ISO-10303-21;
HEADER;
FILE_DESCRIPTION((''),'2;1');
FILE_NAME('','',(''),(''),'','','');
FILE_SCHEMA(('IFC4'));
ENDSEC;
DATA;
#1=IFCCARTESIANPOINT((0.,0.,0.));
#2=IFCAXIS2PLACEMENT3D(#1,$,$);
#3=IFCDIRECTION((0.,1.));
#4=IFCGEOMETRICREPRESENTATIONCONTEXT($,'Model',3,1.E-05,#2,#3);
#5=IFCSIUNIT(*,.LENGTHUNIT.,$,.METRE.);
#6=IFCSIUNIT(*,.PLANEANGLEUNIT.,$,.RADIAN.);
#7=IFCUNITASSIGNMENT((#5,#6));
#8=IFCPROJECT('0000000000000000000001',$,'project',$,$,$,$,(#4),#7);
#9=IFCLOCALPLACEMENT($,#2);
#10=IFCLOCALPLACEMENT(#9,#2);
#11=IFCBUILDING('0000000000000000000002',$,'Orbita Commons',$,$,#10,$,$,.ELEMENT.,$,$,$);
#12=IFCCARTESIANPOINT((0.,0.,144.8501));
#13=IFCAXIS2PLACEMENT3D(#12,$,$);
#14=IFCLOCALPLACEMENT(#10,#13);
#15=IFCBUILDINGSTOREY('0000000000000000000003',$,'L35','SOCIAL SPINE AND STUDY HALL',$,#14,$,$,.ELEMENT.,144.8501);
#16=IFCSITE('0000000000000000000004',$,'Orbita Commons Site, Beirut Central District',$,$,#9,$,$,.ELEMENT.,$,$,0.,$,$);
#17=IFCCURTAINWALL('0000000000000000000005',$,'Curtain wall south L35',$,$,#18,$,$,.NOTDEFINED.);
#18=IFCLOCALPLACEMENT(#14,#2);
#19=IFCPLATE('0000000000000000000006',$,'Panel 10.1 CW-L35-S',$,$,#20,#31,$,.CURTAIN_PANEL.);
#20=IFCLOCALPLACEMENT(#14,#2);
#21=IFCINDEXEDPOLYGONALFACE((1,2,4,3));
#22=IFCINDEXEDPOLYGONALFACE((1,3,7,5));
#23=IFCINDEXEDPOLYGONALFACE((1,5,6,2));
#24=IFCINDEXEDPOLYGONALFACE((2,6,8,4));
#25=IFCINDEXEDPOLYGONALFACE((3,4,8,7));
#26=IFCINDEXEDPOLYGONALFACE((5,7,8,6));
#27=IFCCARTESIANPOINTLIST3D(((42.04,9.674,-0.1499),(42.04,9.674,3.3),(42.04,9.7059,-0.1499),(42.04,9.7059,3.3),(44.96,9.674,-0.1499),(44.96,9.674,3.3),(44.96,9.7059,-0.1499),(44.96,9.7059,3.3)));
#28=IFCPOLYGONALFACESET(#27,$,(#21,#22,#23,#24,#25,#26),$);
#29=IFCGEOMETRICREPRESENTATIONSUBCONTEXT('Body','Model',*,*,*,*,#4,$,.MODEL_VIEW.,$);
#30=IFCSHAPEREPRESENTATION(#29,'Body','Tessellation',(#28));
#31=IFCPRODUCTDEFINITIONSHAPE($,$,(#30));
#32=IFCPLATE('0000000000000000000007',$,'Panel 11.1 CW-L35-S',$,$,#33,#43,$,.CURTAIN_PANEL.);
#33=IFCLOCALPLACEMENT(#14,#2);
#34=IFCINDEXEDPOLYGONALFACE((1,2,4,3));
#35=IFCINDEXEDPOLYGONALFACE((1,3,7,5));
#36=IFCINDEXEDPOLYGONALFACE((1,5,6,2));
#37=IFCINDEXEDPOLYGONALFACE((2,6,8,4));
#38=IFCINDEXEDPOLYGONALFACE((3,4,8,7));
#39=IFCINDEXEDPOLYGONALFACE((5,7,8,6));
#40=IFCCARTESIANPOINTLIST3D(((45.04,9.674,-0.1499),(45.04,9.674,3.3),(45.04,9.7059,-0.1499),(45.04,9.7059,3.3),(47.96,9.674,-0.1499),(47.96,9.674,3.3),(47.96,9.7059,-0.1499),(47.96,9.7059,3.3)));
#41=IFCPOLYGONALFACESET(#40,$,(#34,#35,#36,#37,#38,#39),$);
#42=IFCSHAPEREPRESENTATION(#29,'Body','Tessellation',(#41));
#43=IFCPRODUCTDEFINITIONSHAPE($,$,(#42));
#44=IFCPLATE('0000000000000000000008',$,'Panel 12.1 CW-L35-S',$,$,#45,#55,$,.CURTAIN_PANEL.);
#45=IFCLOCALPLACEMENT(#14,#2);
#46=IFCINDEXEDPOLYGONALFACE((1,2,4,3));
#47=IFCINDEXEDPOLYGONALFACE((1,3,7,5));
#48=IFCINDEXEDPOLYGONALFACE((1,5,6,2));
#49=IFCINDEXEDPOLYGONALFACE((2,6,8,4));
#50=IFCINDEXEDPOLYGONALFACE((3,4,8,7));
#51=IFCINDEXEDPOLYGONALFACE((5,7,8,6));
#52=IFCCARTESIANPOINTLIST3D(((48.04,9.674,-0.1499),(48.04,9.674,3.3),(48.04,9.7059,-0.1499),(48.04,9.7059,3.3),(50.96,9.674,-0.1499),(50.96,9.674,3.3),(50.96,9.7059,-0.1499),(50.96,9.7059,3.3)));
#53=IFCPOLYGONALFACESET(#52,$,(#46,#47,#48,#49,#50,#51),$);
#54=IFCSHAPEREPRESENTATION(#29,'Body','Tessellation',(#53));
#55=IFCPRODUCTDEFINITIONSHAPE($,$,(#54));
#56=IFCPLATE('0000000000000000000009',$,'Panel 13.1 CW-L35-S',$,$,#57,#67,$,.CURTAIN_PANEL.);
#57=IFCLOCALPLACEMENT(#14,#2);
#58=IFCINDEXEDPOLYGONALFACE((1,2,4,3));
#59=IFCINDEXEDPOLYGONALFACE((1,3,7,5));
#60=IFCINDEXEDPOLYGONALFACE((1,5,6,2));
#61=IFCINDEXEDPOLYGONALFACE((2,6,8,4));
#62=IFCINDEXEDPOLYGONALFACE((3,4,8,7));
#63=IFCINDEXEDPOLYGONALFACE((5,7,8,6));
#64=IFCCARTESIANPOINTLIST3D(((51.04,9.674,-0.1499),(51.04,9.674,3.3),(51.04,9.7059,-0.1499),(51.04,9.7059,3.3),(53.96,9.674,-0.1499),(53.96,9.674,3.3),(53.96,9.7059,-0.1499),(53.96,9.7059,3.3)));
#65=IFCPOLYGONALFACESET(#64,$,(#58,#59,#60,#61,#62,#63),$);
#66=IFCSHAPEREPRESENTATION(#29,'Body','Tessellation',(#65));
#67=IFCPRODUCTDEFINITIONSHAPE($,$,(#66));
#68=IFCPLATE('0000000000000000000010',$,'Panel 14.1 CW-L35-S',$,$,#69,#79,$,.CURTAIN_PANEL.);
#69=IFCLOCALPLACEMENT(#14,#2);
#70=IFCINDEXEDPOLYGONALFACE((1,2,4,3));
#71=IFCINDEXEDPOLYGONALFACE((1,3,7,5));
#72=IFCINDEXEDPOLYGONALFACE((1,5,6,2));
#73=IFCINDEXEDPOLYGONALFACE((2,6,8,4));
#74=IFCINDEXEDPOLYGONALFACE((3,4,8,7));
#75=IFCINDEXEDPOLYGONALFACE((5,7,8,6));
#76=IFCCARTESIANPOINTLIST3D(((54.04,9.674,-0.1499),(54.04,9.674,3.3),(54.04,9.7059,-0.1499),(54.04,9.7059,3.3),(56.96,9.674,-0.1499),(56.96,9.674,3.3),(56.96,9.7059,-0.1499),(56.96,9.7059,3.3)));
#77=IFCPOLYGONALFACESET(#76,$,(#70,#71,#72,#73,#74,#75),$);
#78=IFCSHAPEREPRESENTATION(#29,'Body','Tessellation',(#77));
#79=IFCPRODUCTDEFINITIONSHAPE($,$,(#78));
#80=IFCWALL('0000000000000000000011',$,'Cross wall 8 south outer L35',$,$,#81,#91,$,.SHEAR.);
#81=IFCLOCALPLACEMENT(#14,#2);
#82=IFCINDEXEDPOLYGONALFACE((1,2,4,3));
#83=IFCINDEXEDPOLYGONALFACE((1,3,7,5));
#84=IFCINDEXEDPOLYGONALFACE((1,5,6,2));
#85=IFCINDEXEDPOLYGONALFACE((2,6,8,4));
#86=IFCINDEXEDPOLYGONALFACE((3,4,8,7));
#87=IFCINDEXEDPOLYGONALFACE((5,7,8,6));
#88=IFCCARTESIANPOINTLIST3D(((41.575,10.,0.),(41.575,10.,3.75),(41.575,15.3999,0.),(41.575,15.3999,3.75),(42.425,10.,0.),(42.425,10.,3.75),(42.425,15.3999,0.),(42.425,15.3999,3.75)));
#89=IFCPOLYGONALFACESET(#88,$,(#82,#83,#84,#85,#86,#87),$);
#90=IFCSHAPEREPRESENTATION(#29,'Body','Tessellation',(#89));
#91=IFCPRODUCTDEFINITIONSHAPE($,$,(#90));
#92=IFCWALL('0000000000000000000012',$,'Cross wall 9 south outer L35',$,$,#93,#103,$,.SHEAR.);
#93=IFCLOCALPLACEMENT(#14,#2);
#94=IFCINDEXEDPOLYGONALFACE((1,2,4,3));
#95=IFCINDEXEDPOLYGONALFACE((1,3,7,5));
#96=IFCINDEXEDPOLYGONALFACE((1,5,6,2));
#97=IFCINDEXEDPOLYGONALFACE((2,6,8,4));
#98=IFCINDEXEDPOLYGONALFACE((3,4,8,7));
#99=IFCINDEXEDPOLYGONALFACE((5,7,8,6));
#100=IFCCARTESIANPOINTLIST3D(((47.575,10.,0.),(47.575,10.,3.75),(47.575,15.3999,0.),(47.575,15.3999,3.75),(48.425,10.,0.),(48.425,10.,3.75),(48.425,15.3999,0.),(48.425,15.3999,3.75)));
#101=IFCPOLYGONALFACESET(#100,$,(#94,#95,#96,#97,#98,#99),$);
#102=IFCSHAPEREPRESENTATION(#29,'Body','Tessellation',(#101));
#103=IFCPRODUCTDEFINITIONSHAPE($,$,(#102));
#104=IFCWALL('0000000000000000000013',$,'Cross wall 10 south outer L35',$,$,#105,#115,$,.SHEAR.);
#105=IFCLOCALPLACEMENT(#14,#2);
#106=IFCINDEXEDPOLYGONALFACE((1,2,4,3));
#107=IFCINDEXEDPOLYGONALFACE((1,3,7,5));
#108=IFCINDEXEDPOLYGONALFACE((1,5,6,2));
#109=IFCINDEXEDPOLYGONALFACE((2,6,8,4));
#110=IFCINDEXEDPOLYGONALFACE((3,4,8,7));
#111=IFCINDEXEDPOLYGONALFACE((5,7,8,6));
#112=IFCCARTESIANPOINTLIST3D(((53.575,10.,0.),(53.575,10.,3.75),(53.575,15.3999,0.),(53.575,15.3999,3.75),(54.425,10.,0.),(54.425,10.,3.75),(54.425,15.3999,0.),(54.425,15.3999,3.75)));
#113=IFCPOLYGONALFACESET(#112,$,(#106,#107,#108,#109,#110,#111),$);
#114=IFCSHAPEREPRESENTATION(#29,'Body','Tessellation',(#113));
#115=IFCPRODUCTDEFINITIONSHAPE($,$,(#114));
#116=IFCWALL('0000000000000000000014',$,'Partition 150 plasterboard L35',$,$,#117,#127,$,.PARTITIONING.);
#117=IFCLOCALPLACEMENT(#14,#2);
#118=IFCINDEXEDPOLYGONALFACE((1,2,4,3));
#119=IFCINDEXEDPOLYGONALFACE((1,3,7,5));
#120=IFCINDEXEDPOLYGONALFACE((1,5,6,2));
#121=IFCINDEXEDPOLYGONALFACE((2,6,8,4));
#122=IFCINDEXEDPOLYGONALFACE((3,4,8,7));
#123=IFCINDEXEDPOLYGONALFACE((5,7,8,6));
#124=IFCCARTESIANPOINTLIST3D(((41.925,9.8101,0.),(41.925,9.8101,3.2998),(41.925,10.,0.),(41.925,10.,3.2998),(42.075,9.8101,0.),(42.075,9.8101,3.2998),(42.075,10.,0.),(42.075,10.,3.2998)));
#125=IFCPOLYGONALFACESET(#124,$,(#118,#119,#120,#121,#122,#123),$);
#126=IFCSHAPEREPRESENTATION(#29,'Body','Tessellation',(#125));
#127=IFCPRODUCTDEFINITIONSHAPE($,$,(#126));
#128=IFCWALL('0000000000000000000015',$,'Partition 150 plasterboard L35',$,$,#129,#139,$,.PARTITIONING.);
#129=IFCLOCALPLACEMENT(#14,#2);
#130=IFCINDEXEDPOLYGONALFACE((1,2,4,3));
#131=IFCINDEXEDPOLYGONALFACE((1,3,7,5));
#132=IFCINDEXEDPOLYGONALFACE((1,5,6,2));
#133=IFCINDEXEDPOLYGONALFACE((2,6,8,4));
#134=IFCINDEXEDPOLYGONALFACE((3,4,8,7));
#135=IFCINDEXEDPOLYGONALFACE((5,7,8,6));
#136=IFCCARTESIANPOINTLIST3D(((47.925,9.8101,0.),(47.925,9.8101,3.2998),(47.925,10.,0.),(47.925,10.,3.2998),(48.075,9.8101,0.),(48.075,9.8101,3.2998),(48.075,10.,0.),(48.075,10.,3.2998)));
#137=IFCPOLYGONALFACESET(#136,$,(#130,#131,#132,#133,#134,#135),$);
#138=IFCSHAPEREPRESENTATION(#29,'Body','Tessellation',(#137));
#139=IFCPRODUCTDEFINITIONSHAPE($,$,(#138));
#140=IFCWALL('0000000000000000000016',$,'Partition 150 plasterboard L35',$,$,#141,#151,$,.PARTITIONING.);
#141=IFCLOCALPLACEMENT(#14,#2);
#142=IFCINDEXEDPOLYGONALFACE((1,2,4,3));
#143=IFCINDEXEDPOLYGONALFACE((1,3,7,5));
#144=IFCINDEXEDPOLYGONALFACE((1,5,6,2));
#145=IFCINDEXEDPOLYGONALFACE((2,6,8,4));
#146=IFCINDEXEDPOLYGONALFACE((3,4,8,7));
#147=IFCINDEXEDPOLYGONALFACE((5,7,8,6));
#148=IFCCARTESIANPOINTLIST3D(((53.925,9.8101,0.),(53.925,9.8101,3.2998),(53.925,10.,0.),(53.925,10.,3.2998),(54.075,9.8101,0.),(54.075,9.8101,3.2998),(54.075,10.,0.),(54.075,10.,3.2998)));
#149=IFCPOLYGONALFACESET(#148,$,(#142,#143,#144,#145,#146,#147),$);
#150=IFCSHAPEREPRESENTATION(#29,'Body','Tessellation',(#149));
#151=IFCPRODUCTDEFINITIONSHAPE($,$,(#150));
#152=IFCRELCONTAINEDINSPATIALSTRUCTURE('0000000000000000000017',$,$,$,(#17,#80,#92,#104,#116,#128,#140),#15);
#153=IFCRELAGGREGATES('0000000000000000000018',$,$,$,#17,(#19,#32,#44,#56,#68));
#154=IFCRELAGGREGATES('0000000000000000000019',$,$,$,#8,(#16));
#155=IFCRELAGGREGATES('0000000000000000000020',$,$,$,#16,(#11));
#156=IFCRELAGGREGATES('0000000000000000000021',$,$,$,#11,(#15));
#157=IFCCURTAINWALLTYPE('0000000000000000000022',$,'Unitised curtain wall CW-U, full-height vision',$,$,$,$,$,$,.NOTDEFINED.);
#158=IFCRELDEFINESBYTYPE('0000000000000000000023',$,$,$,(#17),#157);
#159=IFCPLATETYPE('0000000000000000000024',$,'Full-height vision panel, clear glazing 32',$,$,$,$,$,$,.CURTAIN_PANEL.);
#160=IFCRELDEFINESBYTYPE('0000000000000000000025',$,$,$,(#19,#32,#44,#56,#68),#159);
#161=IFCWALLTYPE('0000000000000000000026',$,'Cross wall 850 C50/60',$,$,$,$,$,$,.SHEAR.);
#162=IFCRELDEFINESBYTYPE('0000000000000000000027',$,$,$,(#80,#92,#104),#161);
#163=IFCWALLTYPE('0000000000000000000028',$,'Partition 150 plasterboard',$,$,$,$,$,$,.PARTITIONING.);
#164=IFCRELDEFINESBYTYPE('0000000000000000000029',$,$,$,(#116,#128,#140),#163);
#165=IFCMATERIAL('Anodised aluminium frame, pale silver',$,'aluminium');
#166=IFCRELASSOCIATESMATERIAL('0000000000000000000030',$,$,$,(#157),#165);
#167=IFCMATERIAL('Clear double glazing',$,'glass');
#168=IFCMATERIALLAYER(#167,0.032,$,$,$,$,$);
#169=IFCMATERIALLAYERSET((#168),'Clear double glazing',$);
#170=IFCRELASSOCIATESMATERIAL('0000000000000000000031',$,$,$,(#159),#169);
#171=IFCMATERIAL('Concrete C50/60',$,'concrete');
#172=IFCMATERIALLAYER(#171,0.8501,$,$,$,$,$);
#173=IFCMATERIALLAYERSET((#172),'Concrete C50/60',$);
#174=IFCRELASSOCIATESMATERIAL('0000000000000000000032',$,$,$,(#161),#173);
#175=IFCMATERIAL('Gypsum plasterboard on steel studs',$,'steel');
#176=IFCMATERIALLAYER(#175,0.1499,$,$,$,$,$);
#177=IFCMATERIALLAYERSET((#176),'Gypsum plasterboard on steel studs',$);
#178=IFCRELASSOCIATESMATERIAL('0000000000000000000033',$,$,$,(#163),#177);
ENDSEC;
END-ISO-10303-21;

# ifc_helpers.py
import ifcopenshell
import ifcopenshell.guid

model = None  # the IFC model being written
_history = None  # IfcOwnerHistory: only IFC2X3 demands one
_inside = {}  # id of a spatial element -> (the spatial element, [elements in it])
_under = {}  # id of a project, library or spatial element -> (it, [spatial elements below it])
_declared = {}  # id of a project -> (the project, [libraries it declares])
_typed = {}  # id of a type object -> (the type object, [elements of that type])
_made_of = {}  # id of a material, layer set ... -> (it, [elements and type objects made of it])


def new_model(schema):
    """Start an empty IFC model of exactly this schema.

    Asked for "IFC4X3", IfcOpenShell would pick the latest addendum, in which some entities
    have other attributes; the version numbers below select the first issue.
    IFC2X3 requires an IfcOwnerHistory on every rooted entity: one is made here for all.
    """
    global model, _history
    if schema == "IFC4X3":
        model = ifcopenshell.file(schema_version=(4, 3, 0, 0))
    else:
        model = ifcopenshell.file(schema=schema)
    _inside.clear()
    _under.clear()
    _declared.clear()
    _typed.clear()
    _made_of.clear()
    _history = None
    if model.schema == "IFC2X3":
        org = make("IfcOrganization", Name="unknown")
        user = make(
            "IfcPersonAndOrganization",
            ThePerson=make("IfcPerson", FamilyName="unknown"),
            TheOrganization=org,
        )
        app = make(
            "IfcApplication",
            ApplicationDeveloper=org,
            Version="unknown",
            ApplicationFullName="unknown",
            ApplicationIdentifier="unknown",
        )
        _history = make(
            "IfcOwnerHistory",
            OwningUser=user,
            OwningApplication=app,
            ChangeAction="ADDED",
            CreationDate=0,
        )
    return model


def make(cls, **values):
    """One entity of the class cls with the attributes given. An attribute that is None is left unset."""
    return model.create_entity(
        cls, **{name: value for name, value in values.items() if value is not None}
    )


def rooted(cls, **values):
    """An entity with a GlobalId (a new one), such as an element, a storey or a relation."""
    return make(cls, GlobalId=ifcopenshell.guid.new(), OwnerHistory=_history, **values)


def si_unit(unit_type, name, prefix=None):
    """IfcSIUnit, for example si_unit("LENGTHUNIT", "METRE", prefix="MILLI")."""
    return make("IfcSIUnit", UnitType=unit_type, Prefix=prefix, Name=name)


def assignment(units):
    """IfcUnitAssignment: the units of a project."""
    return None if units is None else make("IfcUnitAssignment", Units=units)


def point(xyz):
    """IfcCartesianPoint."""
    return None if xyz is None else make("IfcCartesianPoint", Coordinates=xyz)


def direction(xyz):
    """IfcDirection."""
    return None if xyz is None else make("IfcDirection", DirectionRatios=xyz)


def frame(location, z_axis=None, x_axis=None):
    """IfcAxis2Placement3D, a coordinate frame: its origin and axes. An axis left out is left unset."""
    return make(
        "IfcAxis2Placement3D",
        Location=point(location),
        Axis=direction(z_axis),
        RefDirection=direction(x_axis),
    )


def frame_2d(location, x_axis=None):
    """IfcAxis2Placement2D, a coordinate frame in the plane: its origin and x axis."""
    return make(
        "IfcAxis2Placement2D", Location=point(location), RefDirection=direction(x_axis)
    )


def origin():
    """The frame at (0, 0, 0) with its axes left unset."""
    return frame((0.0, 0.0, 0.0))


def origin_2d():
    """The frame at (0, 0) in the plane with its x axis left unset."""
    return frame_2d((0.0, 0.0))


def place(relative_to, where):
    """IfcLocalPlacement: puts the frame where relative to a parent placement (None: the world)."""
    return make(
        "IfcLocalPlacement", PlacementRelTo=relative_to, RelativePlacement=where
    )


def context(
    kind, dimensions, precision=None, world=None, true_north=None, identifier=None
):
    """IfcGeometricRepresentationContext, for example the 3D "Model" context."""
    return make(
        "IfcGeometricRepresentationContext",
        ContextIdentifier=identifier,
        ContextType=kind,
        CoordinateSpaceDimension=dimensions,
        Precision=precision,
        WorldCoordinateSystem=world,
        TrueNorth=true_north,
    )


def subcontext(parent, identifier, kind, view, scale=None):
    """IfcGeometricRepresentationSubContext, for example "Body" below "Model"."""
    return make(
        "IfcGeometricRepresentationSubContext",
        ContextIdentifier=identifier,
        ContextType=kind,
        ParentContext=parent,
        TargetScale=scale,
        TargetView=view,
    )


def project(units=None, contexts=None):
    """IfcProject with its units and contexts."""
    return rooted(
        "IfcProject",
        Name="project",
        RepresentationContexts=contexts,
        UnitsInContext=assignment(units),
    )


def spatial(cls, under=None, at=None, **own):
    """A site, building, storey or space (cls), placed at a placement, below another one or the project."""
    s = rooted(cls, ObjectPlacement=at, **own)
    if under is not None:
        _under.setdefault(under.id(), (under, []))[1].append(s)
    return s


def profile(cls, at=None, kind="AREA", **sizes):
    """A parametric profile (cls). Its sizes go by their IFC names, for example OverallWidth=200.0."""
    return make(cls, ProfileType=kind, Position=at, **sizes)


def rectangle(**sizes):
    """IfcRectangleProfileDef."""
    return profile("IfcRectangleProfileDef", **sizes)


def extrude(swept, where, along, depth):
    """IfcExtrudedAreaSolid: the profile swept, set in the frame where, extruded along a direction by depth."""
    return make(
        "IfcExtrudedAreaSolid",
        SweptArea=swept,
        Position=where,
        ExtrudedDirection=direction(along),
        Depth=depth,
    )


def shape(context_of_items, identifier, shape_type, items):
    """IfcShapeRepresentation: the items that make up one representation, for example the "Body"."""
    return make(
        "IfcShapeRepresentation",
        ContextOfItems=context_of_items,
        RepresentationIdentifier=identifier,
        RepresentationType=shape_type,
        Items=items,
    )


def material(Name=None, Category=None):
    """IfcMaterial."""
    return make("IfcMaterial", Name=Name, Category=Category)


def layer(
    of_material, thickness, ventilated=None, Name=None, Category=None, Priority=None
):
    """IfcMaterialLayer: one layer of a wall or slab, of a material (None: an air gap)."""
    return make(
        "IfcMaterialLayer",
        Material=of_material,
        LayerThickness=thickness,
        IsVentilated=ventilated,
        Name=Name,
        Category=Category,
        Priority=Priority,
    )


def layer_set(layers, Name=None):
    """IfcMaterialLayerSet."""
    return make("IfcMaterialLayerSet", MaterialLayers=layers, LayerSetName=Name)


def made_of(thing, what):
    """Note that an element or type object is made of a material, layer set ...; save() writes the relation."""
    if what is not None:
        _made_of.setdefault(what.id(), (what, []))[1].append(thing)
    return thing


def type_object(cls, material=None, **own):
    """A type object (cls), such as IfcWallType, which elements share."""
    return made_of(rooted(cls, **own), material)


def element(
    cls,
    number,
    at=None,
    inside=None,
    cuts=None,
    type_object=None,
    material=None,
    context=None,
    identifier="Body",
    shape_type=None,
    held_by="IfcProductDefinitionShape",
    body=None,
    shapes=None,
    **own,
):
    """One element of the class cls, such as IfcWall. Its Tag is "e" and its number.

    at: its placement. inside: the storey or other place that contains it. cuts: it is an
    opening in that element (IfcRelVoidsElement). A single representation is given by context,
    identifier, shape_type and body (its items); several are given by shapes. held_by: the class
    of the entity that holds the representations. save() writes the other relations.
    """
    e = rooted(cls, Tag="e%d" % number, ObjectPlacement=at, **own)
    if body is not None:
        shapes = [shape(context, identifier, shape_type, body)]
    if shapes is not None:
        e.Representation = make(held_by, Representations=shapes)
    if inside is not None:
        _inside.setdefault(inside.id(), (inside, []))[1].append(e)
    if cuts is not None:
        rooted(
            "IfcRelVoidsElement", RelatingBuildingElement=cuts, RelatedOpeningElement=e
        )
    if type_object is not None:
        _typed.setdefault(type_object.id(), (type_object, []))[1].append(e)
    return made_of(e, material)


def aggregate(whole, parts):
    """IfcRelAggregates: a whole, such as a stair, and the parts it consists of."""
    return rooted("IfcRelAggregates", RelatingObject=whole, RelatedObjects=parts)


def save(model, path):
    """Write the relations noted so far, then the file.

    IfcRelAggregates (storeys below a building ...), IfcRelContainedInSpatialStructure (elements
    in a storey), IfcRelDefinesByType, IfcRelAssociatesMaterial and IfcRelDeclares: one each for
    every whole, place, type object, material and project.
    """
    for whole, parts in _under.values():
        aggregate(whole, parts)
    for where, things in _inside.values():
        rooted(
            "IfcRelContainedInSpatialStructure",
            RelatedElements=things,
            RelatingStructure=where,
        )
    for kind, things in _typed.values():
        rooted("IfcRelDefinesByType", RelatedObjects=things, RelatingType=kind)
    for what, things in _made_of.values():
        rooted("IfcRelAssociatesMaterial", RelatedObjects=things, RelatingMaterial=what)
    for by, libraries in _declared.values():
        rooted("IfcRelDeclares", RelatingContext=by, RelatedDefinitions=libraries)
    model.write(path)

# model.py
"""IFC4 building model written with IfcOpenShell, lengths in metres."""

from ifc_helpers import new_model, si_unit, direction, frame, frame_2d, origin, origin_2d, place, context, subcontext, project, spatial, rectangle, extrude, material, layer, layer_set, type_object, element, aggregate, save


model = new_model("IFC4")

# Units and contexts
model_context = context("Model", 3, precision=1e-05, world=origin(), true_north=direction((0.0, 1.0)))
body_context = subcontext(model_context, "Body", "Model", "MODEL_VIEW")
ifc_project = project(units=[si_unit("LENGTHUNIT", "METRE"), si_unit("PLANEANGLEUNIT", "RADIAN")], contexts=[model_context])

# Site, building, storey
site_placement = place(None, origin())
site = spatial("IfcSite", under=ifc_project, at=site_placement, Name="Orbita Commons Site, Beirut Central District", CompositionType="ELEMENT", RefElevation=0.0)
building_placement = place(site_placement, origin())
building = spatial("IfcBuilding", under=site, at=building_placement, Name="Orbita Commons", CompositionType="ELEMENT")
storey_placement = place(building_placement, frame((0.0, 0.0, 144.8501)))
storey = spatial("IfcBuildingStorey", under=building, at=storey_placement, Name="L35", Description="SOCIAL SPINE AND STUDY HALL", CompositionType="ELEMENT", Elevation=144.8501)

# Curtain wall
ifc_material_1 = material(Name="Anodised aluminium frame, pale silver", Category="aluminium")
curtain_wall_type = type_object("IfcCurtainWallType", Name="Unitised curtain wall CW-U, full-height vision", PredefinedType="NOTDEFINED", material=ifc_material_1)
curtain_wall_placement = place(storey_placement, origin())
curtain_wall = element("IfcCurtainWall", 1, at=curtain_wall_placement, inside=storey, type_object=curtain_wall_type, Name="Curtain wall south L35", PredefinedType="NOTDEFINED")

# Plates
ifc_material_2 = material(Name="Clear double glazing", Category="glass")
ifc_layer_1 = layer(ifc_material_2, 0.032)
ifc_layer_set_1 = layer_set([ifc_layer_1], Name="Clear double glazing")
plate_type = type_object("IfcPlateType", Name="Full-height vision panel, clear glazing 32", PredefinedType="CURTAIN_PANEL", material=ifc_layer_set_1)
plate_1_placement = place(storey_placement, frame((43.5, 9.6899, -0.1499), z_axis=(0.0, 0.0, 1.0), x_axis=(1.0, 0.0, 0.0)))
plate_1 = element("IfcPlate", 2, at=plate_1_placement, type_object=plate_type, Name="Panel 10.1 CW-L35-S", PredefinedType="CURTAIN_PANEL", context=body_context, shape_type="SweptSolid", body=[
    extrude(rectangle(XDim=2.9199, YDim=0.032, at=origin_2d()), origin(), (0.0, 0.0, 1.0), 3.45),
])
plate_2_placement = place(storey_placement, frame((46.5, 9.6899, -0.1499), z_axis=(0.0, 0.0, 1.0), x_axis=(1.0, 0.0, 0.0)))
plate_2 = element("IfcPlate", 3, at=plate_2_placement, type_object=plate_type, Name="Panel 11.1 CW-L35-S", PredefinedType="CURTAIN_PANEL", context=body_context, shape_type="SweptSolid", body=[
    extrude(rectangle(XDim=2.9199, YDim=0.032, at=origin_2d()), origin(), (0.0, 0.0, 1.0), 3.45),
])
plate_3_placement = place(storey_placement, frame((49.5, 9.6899, -0.1499), z_axis=(0.0, 0.0, 1.0), x_axis=(1.0, 0.0, 0.0)))
plate_3 = element("IfcPlate", 4, at=plate_3_placement, type_object=plate_type, Name="Panel 12.1 CW-L35-S", PredefinedType="CURTAIN_PANEL", context=body_context, shape_type="SweptSolid", body=[
    extrude(rectangle(XDim=2.9199, YDim=0.032, at=origin_2d()), origin(), (0.0, 0.0, 1.0), 3.45),
])
plate_4_placement = place(storey_placement, frame((52.5, 9.6899, -0.1499), z_axis=(0.0, 0.0, 1.0), x_axis=(1.0, 0.0, 0.0)))
plate_4 = element("IfcPlate", 5, at=plate_4_placement, type_object=plate_type, Name="Panel 13.1 CW-L35-S", PredefinedType="CURTAIN_PANEL", context=body_context, shape_type="SweptSolid", body=[
    extrude(rectangle(XDim=2.9199, YDim=0.032, at=origin_2d()), origin(), (0.0, 0.0, 1.0), 3.45),
])
plate_5_placement = place(storey_placement, frame((55.5, 9.6899, -0.1499), z_axis=(0.0, 0.0, 1.0), x_axis=(1.0, 0.0, 0.0)))
plate_5 = element("IfcPlate", 6, at=plate_5_placement, type_object=plate_type, Name="Panel 14.1 CW-L35-S", PredefinedType="CURTAIN_PANEL", context=body_context, shape_type="SweptSolid", body=[
    extrude(rectangle(XDim=2.9199, YDim=0.032, at=origin_2d()), origin(), (0.0, 0.0, 1.0), 3.45),
])
aggregate(curtain_wall, [plate_1, plate_2, plate_3, plate_4, plate_5])

# Walls
ifc_material_3 = material(Name="Concrete C50/60", Category="concrete")
ifc_layer_2 = layer(ifc_material_3, 0.8501)
ifc_layer_set_2 = layer_set([ifc_layer_2], Name="Concrete C50/60")
wall_type_1 = type_object("IfcWallType", Name="Cross wall 850 C50/60", PredefinedType="SHEAR", material=ifc_layer_set_2)
for number, where, z_axis, x_axis, name in (
    (7, (42.0, 10.0, 0.0), (0.0, 0.0, 1.0), (0.0, 1.0, 0.0), "Cross wall 8 south outer L35"),
    (8, (48.0, 10.0, 0.0), (0.0, 0.0, 1.0), (0.0, 1.0, 0.0), "Cross wall 9 south outer L35"),
    (9, (54.0, 10.0, 0.0), (0.0, 0.0, 1.0), (0.0, 1.0, 0.0), "Cross wall 10 south outer L35"),
):
    element("IfcWall", number, at=place(storey_placement, frame(where, z_axis=z_axis, x_axis=x_axis)), inside=storey, type_object=wall_type_1, Name=name, PredefinedType="SHEAR", context=body_context, shape_type="SweptSolid", body=[
        extrude(rectangle(XDim=5.3999, YDim=0.8501, at=frame_2d((2.7, 0.0))), origin(), (0.0, 0.0, 1.0), 3.75),
    ])
ifc_material_4 = material(Name="Gypsum plasterboard on steel studs", Category="steel")
ifc_layer_3 = layer(ifc_material_4, 0.1499)
ifc_layer_set_3 = layer_set([ifc_layer_3], Name="Gypsum plasterboard on steel studs")
wall_type_2 = type_object("IfcWallType", Name="Partition 150 plasterboard", PredefinedType="PARTITIONING", material=ifc_layer_set_3)
for number, where, z_axis, x_axis, name in (
    (10, (42.0, 10.0, 0.0), (0.0, 0.0, 1.0), (0.0, -1.0, 0.0), "Partition 150 plasterboard L35"),
    (11, (48.0, 10.0, 0.0), (0.0, 0.0, 1.0), (0.0, -1.0, 0.0), "Partition 150 plasterboard L35"),
    (12, (54.0, 10.0, 0.0), (0.0, 0.0, 1.0), (0.0, -1.0, 0.0), "Partition 150 plasterboard L35"),
):
    element("IfcWall", number, at=place(storey_placement, frame(where, z_axis=z_axis, x_axis=x_axis)), inside=storey, type_object=wall_type_2, Name=name, PredefinedType="PARTITIONING", context=body_context, shape_type="SweptSolid", body=[
        extrude(rectangle(XDim=0.1899, YDim=0.1499, at=frame_2d((0.095, 0.0))), origin(), (0.0, 0.0, 1.0), 3.2998),
    ])

save(model, "model.ifc")
